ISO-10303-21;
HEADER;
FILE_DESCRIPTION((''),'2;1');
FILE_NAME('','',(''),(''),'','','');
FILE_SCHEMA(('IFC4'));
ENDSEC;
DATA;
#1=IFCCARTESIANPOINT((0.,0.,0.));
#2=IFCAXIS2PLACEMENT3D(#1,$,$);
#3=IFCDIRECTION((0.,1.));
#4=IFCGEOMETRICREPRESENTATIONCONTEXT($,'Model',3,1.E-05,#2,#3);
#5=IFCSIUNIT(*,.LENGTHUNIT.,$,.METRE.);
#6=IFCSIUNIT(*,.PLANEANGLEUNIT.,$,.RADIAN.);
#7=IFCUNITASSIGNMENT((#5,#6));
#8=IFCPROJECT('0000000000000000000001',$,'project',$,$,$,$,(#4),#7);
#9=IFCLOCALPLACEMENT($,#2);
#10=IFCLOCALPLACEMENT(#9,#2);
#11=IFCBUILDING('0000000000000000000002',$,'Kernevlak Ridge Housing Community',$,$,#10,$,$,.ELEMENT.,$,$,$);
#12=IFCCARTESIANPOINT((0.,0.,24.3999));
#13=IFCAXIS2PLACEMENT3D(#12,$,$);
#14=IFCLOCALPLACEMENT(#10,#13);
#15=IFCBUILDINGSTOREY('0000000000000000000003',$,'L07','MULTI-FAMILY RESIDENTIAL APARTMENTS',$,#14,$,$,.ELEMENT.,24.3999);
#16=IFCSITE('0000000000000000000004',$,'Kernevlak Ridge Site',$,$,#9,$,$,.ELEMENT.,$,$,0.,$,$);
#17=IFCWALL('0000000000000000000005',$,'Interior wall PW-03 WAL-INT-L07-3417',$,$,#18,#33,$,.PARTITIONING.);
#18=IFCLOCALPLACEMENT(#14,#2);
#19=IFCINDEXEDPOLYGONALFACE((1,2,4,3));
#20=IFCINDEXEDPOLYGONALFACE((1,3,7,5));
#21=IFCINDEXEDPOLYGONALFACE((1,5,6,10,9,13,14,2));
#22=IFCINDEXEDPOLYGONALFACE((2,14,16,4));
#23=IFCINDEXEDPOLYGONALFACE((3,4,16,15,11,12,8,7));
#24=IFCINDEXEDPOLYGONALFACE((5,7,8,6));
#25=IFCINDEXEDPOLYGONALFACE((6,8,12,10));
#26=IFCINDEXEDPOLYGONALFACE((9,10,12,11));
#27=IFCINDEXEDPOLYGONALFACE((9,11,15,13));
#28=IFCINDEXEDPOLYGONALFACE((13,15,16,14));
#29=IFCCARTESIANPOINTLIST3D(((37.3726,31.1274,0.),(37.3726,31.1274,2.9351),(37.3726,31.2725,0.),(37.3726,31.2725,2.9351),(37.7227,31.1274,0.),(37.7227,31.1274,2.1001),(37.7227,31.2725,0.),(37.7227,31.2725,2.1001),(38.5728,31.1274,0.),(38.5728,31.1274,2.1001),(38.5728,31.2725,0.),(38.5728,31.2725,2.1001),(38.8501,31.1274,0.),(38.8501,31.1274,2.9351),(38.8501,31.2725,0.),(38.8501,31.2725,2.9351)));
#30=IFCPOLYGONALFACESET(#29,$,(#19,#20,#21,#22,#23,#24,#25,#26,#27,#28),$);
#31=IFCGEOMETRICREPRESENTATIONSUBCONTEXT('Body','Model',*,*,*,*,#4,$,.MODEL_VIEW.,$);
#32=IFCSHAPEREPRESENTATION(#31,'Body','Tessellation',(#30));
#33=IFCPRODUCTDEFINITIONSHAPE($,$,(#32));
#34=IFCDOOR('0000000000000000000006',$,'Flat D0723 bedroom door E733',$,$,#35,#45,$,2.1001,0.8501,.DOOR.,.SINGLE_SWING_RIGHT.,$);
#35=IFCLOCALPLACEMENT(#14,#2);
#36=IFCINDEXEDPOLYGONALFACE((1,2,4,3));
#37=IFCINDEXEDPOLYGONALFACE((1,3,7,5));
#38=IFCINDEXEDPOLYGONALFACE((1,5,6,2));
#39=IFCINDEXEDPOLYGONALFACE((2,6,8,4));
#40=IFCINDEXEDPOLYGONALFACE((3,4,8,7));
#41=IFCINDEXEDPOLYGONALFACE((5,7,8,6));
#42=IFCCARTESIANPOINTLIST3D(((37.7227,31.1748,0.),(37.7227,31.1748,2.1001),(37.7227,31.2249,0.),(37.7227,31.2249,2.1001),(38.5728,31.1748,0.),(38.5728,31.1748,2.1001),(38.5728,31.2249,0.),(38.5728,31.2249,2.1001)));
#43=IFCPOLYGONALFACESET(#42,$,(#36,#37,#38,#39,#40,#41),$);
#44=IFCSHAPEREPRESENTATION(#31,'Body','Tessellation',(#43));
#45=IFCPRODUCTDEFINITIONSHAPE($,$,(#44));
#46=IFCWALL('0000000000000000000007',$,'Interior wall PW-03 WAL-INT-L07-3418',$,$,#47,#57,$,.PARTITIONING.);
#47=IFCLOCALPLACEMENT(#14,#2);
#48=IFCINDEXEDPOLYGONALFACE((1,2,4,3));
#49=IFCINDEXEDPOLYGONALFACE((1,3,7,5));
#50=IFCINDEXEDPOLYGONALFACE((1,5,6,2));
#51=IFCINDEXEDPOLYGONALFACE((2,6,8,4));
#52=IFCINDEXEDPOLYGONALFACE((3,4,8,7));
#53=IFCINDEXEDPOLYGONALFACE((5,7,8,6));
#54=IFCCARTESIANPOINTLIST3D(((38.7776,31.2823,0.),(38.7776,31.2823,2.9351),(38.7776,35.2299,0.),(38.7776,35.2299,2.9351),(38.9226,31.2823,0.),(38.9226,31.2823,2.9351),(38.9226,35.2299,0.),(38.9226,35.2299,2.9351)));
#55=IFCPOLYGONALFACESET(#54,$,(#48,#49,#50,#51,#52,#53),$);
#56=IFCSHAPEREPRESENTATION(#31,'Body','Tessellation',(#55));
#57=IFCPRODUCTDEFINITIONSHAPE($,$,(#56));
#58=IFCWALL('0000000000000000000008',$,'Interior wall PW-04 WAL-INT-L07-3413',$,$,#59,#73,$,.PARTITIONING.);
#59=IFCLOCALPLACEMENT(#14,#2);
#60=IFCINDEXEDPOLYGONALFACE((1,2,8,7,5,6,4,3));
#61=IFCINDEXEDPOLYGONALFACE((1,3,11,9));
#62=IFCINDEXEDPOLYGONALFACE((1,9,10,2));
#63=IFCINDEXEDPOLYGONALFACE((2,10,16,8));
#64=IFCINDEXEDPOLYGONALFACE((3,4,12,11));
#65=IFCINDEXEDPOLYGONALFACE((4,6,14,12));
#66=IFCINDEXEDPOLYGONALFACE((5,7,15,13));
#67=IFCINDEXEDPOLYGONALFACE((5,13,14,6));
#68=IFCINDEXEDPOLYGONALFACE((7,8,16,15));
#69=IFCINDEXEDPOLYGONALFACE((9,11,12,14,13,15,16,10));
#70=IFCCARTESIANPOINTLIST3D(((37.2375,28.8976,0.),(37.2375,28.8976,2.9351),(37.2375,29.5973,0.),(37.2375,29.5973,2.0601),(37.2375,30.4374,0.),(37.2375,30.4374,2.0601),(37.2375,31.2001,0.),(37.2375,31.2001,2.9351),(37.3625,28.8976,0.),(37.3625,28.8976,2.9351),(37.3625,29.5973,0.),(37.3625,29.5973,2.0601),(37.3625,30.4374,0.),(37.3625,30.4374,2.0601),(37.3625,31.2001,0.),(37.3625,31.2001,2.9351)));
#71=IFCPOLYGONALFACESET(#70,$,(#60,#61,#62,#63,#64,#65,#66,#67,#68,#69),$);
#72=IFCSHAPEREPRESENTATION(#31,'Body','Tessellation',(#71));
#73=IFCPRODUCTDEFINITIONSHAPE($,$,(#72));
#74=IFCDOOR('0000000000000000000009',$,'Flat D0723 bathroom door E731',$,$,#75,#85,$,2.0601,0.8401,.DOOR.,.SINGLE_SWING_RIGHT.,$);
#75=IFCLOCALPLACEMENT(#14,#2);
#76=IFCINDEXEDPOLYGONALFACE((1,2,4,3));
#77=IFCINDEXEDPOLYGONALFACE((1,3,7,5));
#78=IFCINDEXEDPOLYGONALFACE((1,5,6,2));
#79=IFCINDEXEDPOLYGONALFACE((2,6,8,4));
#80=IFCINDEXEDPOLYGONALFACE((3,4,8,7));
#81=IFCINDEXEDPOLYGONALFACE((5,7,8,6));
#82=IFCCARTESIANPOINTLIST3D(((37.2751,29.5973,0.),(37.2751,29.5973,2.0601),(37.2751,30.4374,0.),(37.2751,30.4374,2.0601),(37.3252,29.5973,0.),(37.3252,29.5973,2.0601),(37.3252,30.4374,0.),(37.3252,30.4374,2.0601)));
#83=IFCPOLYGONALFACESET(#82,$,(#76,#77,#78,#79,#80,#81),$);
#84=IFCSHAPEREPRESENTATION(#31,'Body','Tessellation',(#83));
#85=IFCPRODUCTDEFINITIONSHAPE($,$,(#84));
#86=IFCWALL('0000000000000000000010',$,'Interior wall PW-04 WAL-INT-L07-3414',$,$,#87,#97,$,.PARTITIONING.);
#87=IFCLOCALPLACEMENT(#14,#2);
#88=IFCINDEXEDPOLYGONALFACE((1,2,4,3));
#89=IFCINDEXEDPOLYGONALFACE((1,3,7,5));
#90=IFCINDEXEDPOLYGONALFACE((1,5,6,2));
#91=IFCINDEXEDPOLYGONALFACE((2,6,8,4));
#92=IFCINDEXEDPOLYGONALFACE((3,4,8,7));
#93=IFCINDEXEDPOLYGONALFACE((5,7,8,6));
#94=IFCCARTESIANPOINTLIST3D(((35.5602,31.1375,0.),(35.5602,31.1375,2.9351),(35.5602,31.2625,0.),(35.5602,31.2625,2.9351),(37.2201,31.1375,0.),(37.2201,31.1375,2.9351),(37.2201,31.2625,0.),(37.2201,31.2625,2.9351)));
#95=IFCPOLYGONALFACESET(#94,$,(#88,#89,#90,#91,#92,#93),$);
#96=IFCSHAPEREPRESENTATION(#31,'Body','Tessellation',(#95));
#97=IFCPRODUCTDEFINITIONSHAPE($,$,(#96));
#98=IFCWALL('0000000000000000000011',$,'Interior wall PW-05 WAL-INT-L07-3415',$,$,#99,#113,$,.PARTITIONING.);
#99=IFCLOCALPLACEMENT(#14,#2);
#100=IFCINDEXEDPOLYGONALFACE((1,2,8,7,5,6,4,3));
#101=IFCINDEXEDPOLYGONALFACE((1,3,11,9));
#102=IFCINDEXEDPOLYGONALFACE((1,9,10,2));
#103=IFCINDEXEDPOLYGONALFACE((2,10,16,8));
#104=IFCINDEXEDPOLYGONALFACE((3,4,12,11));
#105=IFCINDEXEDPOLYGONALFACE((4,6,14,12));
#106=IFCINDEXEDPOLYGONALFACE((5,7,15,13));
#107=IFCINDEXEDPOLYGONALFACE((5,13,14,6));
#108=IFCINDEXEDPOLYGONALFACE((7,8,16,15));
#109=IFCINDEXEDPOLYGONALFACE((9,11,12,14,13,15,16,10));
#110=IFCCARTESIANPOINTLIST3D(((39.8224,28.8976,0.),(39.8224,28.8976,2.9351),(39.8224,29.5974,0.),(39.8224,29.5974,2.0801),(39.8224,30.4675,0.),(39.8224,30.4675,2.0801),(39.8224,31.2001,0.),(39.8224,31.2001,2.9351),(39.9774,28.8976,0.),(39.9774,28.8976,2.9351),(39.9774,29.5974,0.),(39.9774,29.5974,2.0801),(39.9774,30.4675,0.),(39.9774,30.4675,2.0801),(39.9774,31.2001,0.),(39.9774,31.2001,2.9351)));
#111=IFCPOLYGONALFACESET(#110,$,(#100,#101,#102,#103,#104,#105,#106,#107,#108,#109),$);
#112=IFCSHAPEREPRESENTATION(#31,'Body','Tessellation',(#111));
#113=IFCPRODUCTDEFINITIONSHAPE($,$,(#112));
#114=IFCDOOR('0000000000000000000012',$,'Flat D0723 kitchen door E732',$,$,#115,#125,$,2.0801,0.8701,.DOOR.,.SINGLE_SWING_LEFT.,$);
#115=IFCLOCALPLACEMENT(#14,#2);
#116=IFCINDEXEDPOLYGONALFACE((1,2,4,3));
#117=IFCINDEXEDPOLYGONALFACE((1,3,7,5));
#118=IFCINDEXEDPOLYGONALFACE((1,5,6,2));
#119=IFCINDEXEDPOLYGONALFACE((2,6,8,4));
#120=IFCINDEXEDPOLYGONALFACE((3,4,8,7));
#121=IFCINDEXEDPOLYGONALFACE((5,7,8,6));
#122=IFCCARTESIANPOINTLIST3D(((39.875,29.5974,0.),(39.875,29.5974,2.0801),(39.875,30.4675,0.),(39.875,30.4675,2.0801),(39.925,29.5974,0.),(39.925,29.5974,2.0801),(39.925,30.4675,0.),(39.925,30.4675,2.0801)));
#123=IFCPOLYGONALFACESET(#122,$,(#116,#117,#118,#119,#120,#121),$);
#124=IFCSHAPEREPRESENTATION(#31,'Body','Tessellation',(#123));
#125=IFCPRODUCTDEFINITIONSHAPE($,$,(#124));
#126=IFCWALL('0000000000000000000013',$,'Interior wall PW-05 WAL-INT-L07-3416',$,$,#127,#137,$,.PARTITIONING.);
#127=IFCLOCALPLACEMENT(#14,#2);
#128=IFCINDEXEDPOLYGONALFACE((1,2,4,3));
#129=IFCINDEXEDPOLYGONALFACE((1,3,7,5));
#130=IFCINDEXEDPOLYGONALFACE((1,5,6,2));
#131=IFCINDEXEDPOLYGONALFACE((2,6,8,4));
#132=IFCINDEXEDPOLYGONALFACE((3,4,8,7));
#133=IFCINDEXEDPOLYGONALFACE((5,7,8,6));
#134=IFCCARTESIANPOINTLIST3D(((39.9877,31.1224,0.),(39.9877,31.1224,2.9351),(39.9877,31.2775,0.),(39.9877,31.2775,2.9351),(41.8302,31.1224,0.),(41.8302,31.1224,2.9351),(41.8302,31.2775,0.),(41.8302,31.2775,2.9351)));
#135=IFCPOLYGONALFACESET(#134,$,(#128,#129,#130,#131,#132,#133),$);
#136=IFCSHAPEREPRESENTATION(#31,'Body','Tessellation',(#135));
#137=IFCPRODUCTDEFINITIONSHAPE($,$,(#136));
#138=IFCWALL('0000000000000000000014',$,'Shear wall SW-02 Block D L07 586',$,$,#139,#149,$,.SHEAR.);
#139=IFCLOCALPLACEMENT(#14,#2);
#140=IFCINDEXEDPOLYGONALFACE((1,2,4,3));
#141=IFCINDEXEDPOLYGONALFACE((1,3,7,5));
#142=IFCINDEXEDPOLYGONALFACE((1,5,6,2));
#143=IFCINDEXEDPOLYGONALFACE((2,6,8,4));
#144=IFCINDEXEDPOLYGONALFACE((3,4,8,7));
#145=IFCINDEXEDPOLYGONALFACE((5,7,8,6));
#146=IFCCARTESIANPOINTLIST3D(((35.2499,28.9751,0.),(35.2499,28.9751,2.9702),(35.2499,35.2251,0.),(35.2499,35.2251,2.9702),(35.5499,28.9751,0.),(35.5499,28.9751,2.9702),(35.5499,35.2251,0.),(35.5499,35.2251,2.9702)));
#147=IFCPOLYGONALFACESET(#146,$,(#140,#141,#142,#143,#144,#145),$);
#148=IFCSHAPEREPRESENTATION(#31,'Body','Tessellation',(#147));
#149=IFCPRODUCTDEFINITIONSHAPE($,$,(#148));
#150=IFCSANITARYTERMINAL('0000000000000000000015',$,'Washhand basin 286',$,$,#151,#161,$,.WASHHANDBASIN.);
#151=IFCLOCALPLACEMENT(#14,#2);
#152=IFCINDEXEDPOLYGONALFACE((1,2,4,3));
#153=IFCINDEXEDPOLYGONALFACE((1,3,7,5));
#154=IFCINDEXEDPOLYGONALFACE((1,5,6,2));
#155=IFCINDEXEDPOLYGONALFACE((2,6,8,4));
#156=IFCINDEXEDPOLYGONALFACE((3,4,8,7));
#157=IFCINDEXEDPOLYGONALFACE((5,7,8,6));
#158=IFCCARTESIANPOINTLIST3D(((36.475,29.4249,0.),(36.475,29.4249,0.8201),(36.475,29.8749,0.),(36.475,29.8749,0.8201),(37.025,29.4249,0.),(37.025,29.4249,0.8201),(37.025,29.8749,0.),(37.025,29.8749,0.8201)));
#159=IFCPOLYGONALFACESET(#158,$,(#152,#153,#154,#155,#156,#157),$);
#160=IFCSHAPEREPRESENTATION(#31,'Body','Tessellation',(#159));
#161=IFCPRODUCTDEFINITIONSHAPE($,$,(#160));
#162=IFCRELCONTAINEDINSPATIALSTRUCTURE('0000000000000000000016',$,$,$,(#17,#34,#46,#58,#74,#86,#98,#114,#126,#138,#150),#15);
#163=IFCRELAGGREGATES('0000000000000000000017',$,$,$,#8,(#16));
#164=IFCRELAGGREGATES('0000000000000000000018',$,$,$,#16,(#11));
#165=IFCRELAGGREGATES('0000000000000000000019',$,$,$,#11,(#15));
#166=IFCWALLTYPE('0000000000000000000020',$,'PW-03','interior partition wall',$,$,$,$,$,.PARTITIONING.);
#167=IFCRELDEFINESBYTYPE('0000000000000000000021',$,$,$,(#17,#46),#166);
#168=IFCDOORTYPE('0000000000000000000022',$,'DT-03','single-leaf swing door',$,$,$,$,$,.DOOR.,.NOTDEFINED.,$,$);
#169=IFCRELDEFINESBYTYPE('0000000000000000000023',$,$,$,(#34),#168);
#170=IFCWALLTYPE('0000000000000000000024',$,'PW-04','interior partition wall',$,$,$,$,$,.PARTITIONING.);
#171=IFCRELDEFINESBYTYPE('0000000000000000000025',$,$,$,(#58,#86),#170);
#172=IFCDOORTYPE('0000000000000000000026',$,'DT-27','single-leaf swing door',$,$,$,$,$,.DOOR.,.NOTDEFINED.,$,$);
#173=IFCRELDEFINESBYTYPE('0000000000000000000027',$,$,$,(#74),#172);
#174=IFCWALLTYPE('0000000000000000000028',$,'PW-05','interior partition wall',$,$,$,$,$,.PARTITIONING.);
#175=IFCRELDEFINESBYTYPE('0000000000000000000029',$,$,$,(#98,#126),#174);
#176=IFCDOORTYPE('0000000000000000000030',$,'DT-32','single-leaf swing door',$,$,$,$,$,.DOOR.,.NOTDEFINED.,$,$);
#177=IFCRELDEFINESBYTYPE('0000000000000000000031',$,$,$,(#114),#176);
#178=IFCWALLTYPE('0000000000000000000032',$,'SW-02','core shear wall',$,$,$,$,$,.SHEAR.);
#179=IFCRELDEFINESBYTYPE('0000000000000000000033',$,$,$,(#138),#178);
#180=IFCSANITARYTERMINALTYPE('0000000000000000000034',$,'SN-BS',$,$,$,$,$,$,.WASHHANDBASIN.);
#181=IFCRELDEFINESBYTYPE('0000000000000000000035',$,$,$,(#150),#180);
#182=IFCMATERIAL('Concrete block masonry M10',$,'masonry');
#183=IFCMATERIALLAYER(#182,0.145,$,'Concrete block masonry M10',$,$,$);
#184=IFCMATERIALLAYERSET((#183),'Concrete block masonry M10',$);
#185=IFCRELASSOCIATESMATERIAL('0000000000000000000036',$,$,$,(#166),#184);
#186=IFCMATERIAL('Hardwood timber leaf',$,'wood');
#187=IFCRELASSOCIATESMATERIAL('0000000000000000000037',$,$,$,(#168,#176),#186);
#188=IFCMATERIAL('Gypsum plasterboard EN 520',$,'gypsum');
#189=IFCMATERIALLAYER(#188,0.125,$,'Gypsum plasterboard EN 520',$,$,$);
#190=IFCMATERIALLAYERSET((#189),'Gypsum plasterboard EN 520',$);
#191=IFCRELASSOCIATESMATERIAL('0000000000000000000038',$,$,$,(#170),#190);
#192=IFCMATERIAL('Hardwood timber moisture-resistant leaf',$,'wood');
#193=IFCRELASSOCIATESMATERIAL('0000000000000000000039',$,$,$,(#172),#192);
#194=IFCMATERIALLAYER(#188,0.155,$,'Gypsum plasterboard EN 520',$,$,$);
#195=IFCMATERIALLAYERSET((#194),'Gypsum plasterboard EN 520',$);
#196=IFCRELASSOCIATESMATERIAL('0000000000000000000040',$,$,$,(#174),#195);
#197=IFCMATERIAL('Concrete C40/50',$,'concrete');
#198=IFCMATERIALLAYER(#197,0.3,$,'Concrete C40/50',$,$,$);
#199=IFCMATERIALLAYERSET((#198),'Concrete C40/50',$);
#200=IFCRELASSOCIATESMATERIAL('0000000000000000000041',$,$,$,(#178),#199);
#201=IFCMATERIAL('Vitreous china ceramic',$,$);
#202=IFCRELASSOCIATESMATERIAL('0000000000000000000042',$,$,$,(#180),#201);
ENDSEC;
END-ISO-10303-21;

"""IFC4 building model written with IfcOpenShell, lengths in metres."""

from ifc_helpers import new_model, si_unit, direction, frame, frame_2d, origin, origin_2d, place, context, subcontext, project, spatial, rectangle, extrude, material, layer, layer_set, type_object, element, fill, save


model = new_model("IFC4")

# Units and contexts
model_context = context("Model", 3, precision=1e-05, world=origin(), true_north=direction((0.0, 1.0)))
body_context = subcontext(model_context, "Body", "Model", "MODEL_VIEW")
ifc_project = project(units=[si_unit("LENGTHUNIT", "METRE"), si_unit("PLANEANGLEUNIT", "RADIAN")], contexts=[model_context])

# Site, building, storey
site_placement = place(None, origin())
site = spatial("IfcSite", under=ifc_project, at=site_placement, Name="Kernevlak Ridge Site", CompositionType="ELEMENT", RefElevation=0.0)
building_placement = place(site_placement, origin())
building = spatial("IfcBuilding", under=site, at=building_placement, Name="Kernevlak Ridge Housing Community", CompositionType="ELEMENT")
storey_placement = place(building_placement, frame((0.0, 0.0, 24.3999)))
storey = spatial("IfcBuildingStorey", under=building, at=storey_placement, Name="L07", Description="MULTI-FAMILY RESIDENTIAL APARTMENTS", CompositionType="ELEMENT", Elevation=24.3999)

# Shared definitions
ifc_material_1 = material(Name="Concrete block masonry M10", Category="masonry")

# Shared definitions
ifc_layer_1 = layer(ifc_material_1, 0.145, Name="Concrete block masonry M10")
ifc_layer_set_1 = layer_set([ifc_layer_1], Name="Concrete block masonry M10")
wall_type_1 = type_object("IfcWallType", Name="PW-03", Description="interior partition wall", PredefinedType="PARTITIONING", material=ifc_layer_set_1)

# Wall, opening, door
wall_1_placement = place(storey_placement, frame((37.3726, 31.2, 0.0), z_axis=(0.0, 0.0, 1.0), x_axis=(1.0, 0.0, 0.0)))
wall_1 = element("IfcWall", 1, at=wall_1_placement, inside=storey, type_object=wall_type_1, Name="Interior wall PW-03 WAL-INT-L07-3417", PredefinedType="PARTITIONING", context=body_context, shape_type="SweptSolid", body=[
    extrude(rectangle(XDim=1.4775, YDim=0.145, at=frame_2d((0.7388, 0.0))), origin(), (0.0, 0.0, 1.0), 2.9351),
])
opening_1_placement = place(wall_1_placement, frame((0.3501, 0.0, 0.0)))
opening_1 = element("IfcOpeningElement", 2, at=opening_1_placement, cuts=wall_1, PredefinedType="OPENING", context=body_context, shape_type="SweptSolid", body=[
    extrude(rectangle(XDim=0.8501, YDim=2.1001, at=frame_2d((0.425, 1.05))), frame((0.0, 0.0825, 0.0), z_axis=(0.0, -1.0, 0.0), x_axis=(1.0, 0.0, 0.0)), (0.0, 0.0, 1.0), 0.165),
])
ifc_material_2 = material(Name="Hardwood timber leaf", Category="wood")
door_type_1 = type_object("IfcDoorType", Name="DT-03", Description="single-leaf swing door", OperationType="NOTDEFINED", PredefinedType="DOOR", material=ifc_material_2)
door_1_placement = place(opening_1_placement, origin())
door_1 = element("IfcDoor", 3, at=door_1_placement, inside=storey, type_object=door_type_1, Name="Flat D0723 bedroom door E733", OperationType="SINGLE_SWING_RIGHT", OverallHeight=2.1001, OverallWidth=0.8501, PredefinedType="DOOR", context=body_context, shape_type="SweptSolid", body=[
    extrude(rectangle(XDim=0.8501, YDim=2.1001, at=frame_2d((0.425, 1.05))), frame((0.0, 0.0249, 0.0), z_axis=(0.0, -1.0, 0.0), x_axis=(1.0, 0.0, 0.0)), (0.0, 0.0, 1.0), 0.05),
])
fill(opening_1, door_1)

# Wall
wall_2_placement = place(storey_placement, frame((38.8501, 31.2825, 0.0), z_axis=(0.0, 0.0, 1.0), x_axis=(0.0, 1.0, 0.0)))
element("IfcWall", 4, at=wall_2_placement, inside=storey, type_object=wall_type_1, Name="Interior wall PW-03 WAL-INT-L07-3418", PredefinedType="PARTITIONING", context=body_context, shape_type="SweptSolid", body=[
    extrude(rectangle(XDim=3.9475, YDim=0.145, at=frame_2d((1.9736, 0.0))), origin(), (0.0, 0.0, 1.0), 2.9351),
])

# Wall, opening, door
ifc_material_3 = material(Name="Gypsum plasterboard EN 520", Category="gypsum")
ifc_layer_2 = layer(ifc_material_3, 0.125, Name="Gypsum plasterboard EN 520")
ifc_layer_set_2 = layer_set([ifc_layer_2], Name="Gypsum plasterboard EN 520")
wall_type_2 = type_object("IfcWallType", Name="PW-04", Description="interior partition wall", PredefinedType="PARTITIONING", material=ifc_layer_set_2)
wall_3_placement = place(storey_placement, frame((37.3, 28.8975, 0.0), z_axis=(0.0, 0.0, 1.0), x_axis=(0.0, 1.0, 0.0)))
wall_3 = element("IfcWall", 5, at=wall_3_placement, inside=storey, type_object=wall_type_2, Name="Interior wall PW-04 WAL-INT-L07-3413", PredefinedType="PARTITIONING", context=body_context, shape_type="SweptSolid", body=[
    extrude(rectangle(XDim=2.3025, YDim=0.125, at=frame_2d((1.1514, 0.0))), origin(), (0.0, 0.0, 1.0), 2.9351),
])
opening_2_placement = place(wall_3_placement, frame((0.7, 0.0, 0.0)))
opening_2 = element("IfcOpeningElement", 6, at=opening_2_placement, cuts=wall_3, PredefinedType="OPENING", context=body_context, shape_type="SweptSolid", body=[
    extrude(rectangle(XDim=0.8401, YDim=2.0601, at=frame_2d((0.4199, 1.03))), frame((0.0, 0.0725, 0.0), z_axis=(0.0, -1.0, 0.0), x_axis=(1.0, 0.0, 0.0)), (0.0, 0.0, 1.0), 0.145),
])
ifc_material_4 = material(Name="Hardwood timber moisture-resistant leaf", Category="wood")
door_type_2 = type_object("IfcDoorType", Name="DT-27", Description="single-leaf swing door", OperationType="NOTDEFINED", PredefinedType="DOOR", material=ifc_material_4)
door_2_placement = place(opening_2_placement, origin())
door_2 = element("IfcDoor", 7, at=door_2_placement, inside=storey, type_object=door_type_2, Name="Flat D0723 bathroom door E731", OperationType="SINGLE_SWING_RIGHT", OverallHeight=2.0601, OverallWidth=0.8401, PredefinedType="DOOR", context=body_context, shape_type="SweptSolid", body=[
    extrude(rectangle(XDim=0.8401, YDim=2.0601, at=frame_2d((0.4199, 1.03))), frame((0.0, 0.0249, 0.0), z_axis=(0.0, -1.0, 0.0), x_axis=(1.0, 0.0, 0.0)), (0.0, 0.0, 1.0), 0.05),
])
fill(opening_2, door_2)

# Wall
wall_4_placement = place(storey_placement, frame((35.5601, 31.2, 0.0), z_axis=(0.0, 0.0, 1.0), x_axis=(1.0, 0.0, 0.0)))
element("IfcWall", 8, at=wall_4_placement, inside=storey, type_object=wall_type_2, Name="Interior wall PW-04 WAL-INT-L07-3414", PredefinedType="PARTITIONING", context=body_context, shape_type="SweptSolid", body=[
    extrude(rectangle(XDim=1.6599, YDim=0.125, at=frame_2d((0.8301, 0.0))), origin(), (0.0, 0.0, 1.0), 2.9351),
])

# Wall, opening, door
ifc_layer_3 = layer(ifc_material_3, 0.155, Name="Gypsum plasterboard EN 520")
ifc_layer_set_3 = layer_set([ifc_layer_3], Name="Gypsum plasterboard EN 520")
wall_type_3 = type_object("IfcWallType", Name="PW-05", Description="interior partition wall", PredefinedType="PARTITIONING", material=ifc_layer_set_3)
wall_5_placement = place(storey_placement, frame((39.8999, 28.8975, 0.0), z_axis=(0.0, 0.0, 1.0), x_axis=(0.0, 1.0, 0.0)))
wall_5 = element("IfcWall", 9, at=wall_5_placement, inside=storey, type_object=wall_type_3, Name="Interior wall PW-05 WAL-INT-L07-3415", PredefinedType="PARTITIONING", context=body_context, shape_type="SweptSolid", body=[
    extrude(rectangle(XDim=2.3025, YDim=0.155, at=frame_2d((1.1514, 0.0))), origin(), (0.0, 0.0, 1.0), 2.9351),
])
opening_3_placement = place(wall_5_placement, frame((0.7, 0.0, 0.0)))
opening_3 = element("IfcOpeningElement", 10, at=opening_3_placement, cuts=wall_5, PredefinedType="OPENING", context=body_context, shape_type="SweptSolid", body=[
    extrude(rectangle(XDim=0.8701, YDim=2.0801, at=frame_2d((0.4351, 1.04))), frame((0.0, 0.0874, 0.0), z_axis=(0.0, -1.0, 0.0), x_axis=(1.0, 0.0, 0.0)), (0.0, 0.0, 1.0), 0.175),
])
door_type_3 = type_object("IfcDoorType", Name="DT-32", Description="single-leaf swing door", OperationType="NOTDEFINED", PredefinedType="DOOR", material=ifc_material_2)
door_3_placement = place(opening_3_placement, origin())
door_3 = element("IfcDoor", 11, at=door_3_placement, inside=storey, type_object=door_type_3, Name="Flat D0723 kitchen door E732", OperationType="SINGLE_SWING_LEFT", OverallHeight=2.0801, OverallWidth=0.8701, PredefinedType="DOOR", context=body_context, shape_type="SweptSolid", body=[
    extrude(rectangle(XDim=0.8701, YDim=2.0801, at=frame_2d((0.4351, 1.04))), frame((0.0, 0.0249, 0.0), z_axis=(0.0, -1.0, 0.0), x_axis=(1.0, 0.0, 0.0)), (0.0, 0.0, 1.0), 0.05),
])
fill(opening_3, door_3)

# Walls
wall_6_placement = place(storey_placement, frame((39.9875, 31.2, 0.0), z_axis=(0.0, 0.0, 1.0), x_axis=(1.0, 0.0, 0.0)))
element("IfcWall", 12, at=wall_6_placement, inside=storey, type_object=wall_type_3, Name="Interior wall PW-05 WAL-INT-L07-3416", PredefinedType="PARTITIONING", context=body_context, shape_type="SweptSolid", body=[
    extrude(rectangle(XDim=1.8425, YDim=0.155, at=frame_2d((0.9214, 0.0))), origin(), (0.0, 0.0, 1.0), 2.9351),
])
ifc_material_5 = material(Name="Concrete C40/50", Category="concrete")
ifc_layer_4 = layer(ifc_material_5, 0.3, Name="Concrete C40/50")
ifc_layer_set_4 = layer_set([ifc_layer_4], Name="Concrete C40/50")
wall_type_4 = type_object("IfcWallType", Name="SW-02", Description="core shear wall", PredefinedType="SHEAR", material=ifc_layer_set_4)
wall_7_placement = place(storey_placement, frame((35.3999, 28.9751, 0.0), z_axis=(0.0, 0.0, 1.0), x_axis=(0.0, 1.0, 0.0)))
element("IfcWall", 13, at=wall_7_placement, inside=storey, type_object=wall_type_4, Name="Shear wall SW-02 Block D L07 586", PredefinedType="SHEAR", context=body_context, shape_type="SweptSolid", body=[
    extrude(rectangle(XDim=6.25, YDim=0.3, at=frame_2d((3.125, 0.0))), origin(), (0.0, 0.0, 1.0), 2.9702),
])

# Sanitary terminal
ifc_material_6 = material(Name="Vitreous china ceramic")
sanitary_terminal_type_1 = type_object("IfcSanitaryTerminalType", Name="SN-BS", PredefinedType="WASHHANDBASIN", material=ifc_material_6)
sanitary_terminal_1_placement = place(storey_placement, frame((36.75, 29.6499, 0.0), z_axis=(0.0, 0.0, 1.0), x_axis=(1.0, 0.0, 0.0)))
element("IfcSanitaryTerminal", 14, at=sanitary_terminal_1_placement, inside=storey, type_object=sanitary_terminal_type_1, Name="Washhand basin 286", PredefinedType="WASHHANDBASIN", context=body_context, shape_type="SweptSolid", body=[
    extrude(rectangle(XDim=0.55, YDim=0.45, at=origin_2d()), origin(), (0.0, 0.0, 1.0), 0.8201),
])

save(model, "model.ifc")
